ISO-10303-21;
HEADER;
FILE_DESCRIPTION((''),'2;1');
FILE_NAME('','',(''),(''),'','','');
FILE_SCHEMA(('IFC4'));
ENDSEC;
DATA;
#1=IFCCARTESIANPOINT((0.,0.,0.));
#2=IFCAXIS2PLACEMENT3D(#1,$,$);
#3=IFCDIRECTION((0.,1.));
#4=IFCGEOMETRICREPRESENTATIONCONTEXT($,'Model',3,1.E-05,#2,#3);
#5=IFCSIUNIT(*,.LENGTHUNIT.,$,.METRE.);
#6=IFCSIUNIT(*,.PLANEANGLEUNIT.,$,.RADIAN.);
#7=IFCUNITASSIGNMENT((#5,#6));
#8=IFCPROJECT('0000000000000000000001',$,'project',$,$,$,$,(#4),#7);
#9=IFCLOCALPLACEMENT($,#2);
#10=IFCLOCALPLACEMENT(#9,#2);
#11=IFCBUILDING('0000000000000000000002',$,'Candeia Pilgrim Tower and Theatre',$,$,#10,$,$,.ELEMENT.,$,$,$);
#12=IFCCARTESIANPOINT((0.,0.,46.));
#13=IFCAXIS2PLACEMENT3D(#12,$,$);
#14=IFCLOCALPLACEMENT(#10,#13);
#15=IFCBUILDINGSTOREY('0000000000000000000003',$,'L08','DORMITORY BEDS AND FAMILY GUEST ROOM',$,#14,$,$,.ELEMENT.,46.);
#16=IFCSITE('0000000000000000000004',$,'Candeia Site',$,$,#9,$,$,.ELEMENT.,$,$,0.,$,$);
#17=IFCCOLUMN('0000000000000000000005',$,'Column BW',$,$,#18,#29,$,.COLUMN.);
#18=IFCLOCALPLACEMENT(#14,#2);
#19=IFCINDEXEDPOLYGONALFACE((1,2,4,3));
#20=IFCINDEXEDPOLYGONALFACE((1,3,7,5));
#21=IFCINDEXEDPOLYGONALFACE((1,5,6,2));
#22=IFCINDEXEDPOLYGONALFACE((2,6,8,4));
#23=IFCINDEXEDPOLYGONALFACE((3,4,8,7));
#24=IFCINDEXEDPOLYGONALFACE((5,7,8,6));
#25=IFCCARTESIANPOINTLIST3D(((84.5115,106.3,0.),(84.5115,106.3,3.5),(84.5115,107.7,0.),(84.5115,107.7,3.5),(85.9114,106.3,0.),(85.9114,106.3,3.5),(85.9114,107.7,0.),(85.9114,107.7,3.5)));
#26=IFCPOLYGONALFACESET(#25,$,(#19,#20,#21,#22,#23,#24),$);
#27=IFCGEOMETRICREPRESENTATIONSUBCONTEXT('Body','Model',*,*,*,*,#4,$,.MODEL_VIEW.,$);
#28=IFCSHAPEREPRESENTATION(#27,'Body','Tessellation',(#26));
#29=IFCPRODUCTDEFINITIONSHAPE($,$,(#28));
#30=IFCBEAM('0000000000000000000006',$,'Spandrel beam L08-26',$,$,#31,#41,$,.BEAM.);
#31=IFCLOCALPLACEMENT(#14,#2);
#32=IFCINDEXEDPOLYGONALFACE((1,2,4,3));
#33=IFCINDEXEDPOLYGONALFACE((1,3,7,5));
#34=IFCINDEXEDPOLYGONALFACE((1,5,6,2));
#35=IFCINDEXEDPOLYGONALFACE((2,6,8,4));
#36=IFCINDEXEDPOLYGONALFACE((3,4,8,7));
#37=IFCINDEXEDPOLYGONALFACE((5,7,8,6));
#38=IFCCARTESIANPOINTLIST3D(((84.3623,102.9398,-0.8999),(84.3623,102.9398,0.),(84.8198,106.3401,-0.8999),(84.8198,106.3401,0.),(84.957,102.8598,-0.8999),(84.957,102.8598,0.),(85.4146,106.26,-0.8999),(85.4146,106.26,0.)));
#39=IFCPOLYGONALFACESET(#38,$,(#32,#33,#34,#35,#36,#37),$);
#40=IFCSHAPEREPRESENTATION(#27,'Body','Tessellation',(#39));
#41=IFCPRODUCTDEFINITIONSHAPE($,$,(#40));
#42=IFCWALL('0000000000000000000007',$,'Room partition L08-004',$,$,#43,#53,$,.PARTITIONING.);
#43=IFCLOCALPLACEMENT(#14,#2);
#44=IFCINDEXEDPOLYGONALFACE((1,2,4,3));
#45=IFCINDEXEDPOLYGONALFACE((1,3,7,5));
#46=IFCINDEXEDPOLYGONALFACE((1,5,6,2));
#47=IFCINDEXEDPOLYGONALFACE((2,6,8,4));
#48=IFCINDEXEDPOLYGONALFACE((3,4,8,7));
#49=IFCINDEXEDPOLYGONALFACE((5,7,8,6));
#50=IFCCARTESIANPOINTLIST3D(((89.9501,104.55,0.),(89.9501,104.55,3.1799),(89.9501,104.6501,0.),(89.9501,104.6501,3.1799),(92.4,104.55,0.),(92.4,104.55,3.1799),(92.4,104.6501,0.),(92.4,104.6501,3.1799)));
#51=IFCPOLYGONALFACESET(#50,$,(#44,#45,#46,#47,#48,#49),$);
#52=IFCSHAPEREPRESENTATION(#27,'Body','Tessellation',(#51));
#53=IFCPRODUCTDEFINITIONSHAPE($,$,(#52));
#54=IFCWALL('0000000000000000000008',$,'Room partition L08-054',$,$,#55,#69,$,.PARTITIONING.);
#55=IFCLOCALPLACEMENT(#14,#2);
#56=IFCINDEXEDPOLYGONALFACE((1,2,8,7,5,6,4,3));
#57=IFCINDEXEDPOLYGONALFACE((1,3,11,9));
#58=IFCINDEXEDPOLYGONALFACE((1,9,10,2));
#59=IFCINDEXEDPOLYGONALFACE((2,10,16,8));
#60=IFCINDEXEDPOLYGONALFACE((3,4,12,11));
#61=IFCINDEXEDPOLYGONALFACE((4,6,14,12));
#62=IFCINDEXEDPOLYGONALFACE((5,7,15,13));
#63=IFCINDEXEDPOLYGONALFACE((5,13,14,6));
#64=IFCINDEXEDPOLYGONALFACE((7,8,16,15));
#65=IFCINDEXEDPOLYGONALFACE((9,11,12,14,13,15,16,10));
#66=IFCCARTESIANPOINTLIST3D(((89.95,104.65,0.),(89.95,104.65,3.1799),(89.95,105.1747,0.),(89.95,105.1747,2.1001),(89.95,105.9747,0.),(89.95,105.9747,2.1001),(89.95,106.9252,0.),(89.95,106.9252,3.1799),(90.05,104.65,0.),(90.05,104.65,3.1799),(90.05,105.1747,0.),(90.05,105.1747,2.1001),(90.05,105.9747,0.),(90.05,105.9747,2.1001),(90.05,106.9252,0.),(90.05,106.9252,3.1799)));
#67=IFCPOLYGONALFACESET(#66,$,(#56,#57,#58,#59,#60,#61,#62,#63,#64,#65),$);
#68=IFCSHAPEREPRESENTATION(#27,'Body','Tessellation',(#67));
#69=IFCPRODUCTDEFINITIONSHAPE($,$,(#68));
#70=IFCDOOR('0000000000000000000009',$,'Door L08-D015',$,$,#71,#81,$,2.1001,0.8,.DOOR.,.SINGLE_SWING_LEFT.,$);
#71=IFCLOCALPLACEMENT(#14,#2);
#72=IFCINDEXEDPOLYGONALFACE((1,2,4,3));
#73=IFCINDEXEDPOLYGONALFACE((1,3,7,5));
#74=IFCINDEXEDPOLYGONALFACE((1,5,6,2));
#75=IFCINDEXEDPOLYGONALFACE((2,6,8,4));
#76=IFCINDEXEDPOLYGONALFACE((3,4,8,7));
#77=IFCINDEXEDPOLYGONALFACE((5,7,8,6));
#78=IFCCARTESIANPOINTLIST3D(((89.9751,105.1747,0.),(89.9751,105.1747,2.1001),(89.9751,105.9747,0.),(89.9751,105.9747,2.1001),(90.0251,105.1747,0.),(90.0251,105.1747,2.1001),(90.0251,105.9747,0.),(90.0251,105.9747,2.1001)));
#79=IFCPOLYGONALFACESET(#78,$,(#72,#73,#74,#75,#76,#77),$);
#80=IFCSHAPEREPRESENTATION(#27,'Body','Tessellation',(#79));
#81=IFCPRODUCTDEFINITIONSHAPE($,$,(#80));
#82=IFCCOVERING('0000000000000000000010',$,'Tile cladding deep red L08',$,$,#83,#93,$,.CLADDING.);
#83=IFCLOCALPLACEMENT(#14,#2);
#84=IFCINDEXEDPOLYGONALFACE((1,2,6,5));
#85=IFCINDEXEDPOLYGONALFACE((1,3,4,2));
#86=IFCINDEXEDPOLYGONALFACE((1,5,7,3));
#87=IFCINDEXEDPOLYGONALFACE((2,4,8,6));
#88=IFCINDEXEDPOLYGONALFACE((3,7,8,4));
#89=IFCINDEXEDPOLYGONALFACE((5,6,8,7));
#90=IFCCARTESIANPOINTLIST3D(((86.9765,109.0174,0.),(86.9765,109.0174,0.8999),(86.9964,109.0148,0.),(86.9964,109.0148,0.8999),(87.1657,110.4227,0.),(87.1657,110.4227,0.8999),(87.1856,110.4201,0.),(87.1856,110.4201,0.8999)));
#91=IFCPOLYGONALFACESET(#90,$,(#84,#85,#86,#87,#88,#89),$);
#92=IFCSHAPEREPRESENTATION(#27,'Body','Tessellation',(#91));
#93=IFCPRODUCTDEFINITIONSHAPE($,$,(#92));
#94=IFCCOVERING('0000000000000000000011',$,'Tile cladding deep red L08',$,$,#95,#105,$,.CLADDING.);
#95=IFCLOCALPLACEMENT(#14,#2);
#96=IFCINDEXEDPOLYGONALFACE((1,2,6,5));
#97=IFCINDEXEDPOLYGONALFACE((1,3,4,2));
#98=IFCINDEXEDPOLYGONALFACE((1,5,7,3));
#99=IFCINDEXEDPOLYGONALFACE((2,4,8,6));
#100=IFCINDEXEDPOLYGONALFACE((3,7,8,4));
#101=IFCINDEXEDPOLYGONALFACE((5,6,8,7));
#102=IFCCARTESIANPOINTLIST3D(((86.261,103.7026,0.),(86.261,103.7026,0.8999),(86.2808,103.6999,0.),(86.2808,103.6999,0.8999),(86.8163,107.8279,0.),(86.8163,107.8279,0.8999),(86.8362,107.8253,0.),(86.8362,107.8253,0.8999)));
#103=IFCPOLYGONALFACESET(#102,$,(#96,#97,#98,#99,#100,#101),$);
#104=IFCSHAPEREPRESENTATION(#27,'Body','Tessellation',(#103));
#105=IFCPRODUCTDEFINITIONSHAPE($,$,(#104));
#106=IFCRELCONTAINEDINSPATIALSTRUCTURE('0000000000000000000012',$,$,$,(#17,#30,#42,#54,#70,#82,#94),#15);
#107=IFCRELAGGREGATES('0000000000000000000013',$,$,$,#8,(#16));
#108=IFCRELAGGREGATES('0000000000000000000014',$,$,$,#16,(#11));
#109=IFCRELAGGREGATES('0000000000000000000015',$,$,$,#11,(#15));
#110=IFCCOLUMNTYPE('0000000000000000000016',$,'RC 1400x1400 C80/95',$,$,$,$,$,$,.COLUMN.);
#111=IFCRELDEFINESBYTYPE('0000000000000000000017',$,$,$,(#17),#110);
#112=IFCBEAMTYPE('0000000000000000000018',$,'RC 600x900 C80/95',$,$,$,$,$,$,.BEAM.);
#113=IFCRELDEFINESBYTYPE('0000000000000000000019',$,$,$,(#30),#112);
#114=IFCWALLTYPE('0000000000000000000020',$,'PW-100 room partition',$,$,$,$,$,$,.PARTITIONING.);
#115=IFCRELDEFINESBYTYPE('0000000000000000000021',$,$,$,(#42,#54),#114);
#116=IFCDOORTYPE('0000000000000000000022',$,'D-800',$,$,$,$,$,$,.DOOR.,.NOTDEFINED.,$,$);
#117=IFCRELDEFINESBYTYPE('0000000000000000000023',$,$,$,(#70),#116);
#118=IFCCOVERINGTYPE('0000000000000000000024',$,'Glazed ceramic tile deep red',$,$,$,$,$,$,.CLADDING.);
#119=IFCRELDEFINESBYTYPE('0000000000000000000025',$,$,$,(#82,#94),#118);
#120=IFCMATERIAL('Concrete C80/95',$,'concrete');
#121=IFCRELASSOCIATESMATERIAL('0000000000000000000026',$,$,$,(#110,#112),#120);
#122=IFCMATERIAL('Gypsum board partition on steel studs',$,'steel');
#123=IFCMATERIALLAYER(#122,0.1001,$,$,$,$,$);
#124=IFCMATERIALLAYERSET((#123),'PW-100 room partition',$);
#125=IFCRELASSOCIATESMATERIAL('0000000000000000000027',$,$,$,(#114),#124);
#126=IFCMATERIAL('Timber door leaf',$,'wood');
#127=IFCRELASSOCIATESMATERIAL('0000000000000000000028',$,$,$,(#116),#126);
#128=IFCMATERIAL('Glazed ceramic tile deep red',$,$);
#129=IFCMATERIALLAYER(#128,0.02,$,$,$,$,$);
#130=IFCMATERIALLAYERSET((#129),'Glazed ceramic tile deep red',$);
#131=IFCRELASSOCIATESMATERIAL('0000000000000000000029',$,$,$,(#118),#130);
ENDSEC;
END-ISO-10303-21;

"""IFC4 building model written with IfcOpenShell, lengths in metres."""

from ifc_helpers import new_model, si_unit, direction, frame, frame_2d, origin, origin_2d, place, context, subcontext, project, spatial, rectangle, extrude, material, layer, layer_set, material_profile, profile_set, type_object, element, fill, save


model = new_model("IFC4")

# Units and contexts
model_context = context("Model", 3, precision=1e-05, world=origin(), true_north=direction((0.0, 1.0)))
body_context = subcontext(model_context, "Body", "Model", "MODEL_VIEW")
ifc_project = project(units=[si_unit("LENGTHUNIT", "METRE"), si_unit("PLANEANGLEUNIT", "RADIAN")], contexts=[model_context])

# Site, building, storey
site_placement = place(None, origin())
site = spatial("IfcSite", under=ifc_project, at=site_placement, Name="Candeia Site", CompositionType="ELEMENT", RefElevation=0.0)
building_placement = place(site_placement, origin())
building = spatial("IfcBuilding", under=site, at=building_placement, Name="Candeia Pilgrim Tower and Theatre", CompositionType="ELEMENT")
storey_placement = place(building_placement, frame((0.0, 0.0, 46.0)))
storey = spatial("IfcBuildingStorey", under=building, at=storey_placement, Name="L08", Description="DORMITORY BEDS AND FAMILY GUEST ROOM", CompositionType="ELEMENT", Elevation=46.0)

# Column
ifc_material_1 = material(Name="Concrete C80/95", Category="concrete")
ifc_material_profile_1 = material_profile(ifc_material_1, rectangle(XDim=1.3999, YDim=1.3999, at=origin_2d()))
ifc_profile_set_1 = profile_set([ifc_material_profile_1], Name="Concrete C80/95")
column_type = type_object("IfcColumnType", Name="RC 1400x1400 C80/95", PredefinedType="COLUMN", material=ifc_profile_set_1)
column_placement = place(storey_placement, frame((85.2114, 107.0, 0.0), z_axis=(0.0, 0.0, 1.0), x_axis=(1.0, 0.0, 0.0)))
element("IfcColumn", 1, at=column_placement, inside=storey, type_object=column_type, Name="Column BW", PredefinedType="COLUMN", context=body_context, shape_type="SweptSolid", body=[
    extrude(rectangle(XDim=1.3999, YDim=1.3999, at=origin_2d()), origin(), (0.0, 0.0, 1.0), 3.5),
])

# Beam
ifc_material_profile_2 = material_profile(ifc_material_1, rectangle(XDim=0.6001, YDim=0.8999, at=origin_2d()))
ifc_profile_set_2 = profile_set([ifc_material_profile_2], Name="Concrete C80/95")
beam_type = type_object("IfcBeamType", Name="RC 600x900 C80/95", PredefinedType="BEAM", material=ifc_profile_set_2)
beam_placement = place(storey_placement, frame((85.1172, 106.3, -0.45), z_axis=(-0.133357, -0.991068, 0.0), x_axis=(0.991068, -0.133357, 0.0)))
element("IfcBeam", 2, at=beam_placement, inside=storey, type_object=beam_type, Name="Spandrel beam L08-26", PredefinedType="BEAM", context=body_context, shape_type="SweptSolid", body=[
    extrude(rectangle(XDim=0.6001, YDim=0.8999, at=origin_2d()), origin(), (0.0, 0.0, 1.0), 3.4309),
])

# Wall
ifc_material_2 = material(Name="Gypsum board partition on steel studs", Category="steel")
ifc_layer_1 = layer(ifc_material_2, 0.1001)
ifc_layer_set_1 = layer_set([ifc_layer_1], Name="PW-100 room partition")
wall_type_1 = type_object("IfcWallType", Name="PW-100 room partition", PredefinedType="PARTITIONING", material=ifc_layer_set_1)
wall_1_placement = place(storey_placement, frame((89.95, 104.6001, 0.0), z_axis=(0.0, 0.0, 1.0), x_axis=(1.0, 0.0, 0.0)))
element("IfcWall", 3, at=wall_1_placement, inside=storey, type_object=wall_type_1, Name="Room partition L08-004", PredefinedType="PARTITIONING", context=body_context, shape_type="SweptSolid", body=[
    extrude(rectangle(XDim=2.45, YDim=0.1001, at=frame_2d((1.2251, 0.0))), origin(), (0.0, 0.0, 1.0), 3.1799),
])

# Wall, opening, door
wall_2_placement = place(storey_placement, frame((90.0, 104.6499, 0.0), z_axis=(0.0, 0.0, 1.0), x_axis=(0.0, 1.0, 0.0)))
wall_2 = element("IfcWall", 4, at=wall_2_placement, inside=storey, type_object=wall_type_1, Name="Room partition L08-054", PredefinedType="PARTITIONING", context=body_context, shape_type="SweptSolid", body=[
    extrude(rectangle(XDim=2.2751, YDim=0.1001, at=frame_2d((1.1377, 0.0))), origin(), (0.0, 0.0, 1.0), 3.1799),
])
opening_1_placement = place(wall_2_placement, frame((0.5249, 0.0, 0.0)))
opening_1 = element("IfcOpeningElement", 5, at=opening_1_placement, cuts=wall_2, PredefinedType="OPENING", context=body_context, shape_type="SweptSolid", body=[
    extrude(rectangle(XDim=0.8, YDim=2.1001, at=frame_2d((0.3999, 1.05))), frame((0.0, 0.0601, 0.0), z_axis=(0.0, -1.0, 0.0), x_axis=(1.0, 0.0, 0.0)), (0.0, 0.0, 1.0), 0.1201),
])
ifc_material_3 = material(Name="Timber door leaf", Category="wood")
door_type_1 = type_object("IfcDoorType", Name="D-800", OperationType="NOTDEFINED", PredefinedType="DOOR", material=ifc_material_3)
door_1_placement = place(opening_1_placement, origin())
door_1 = element("IfcDoor", 6, at=door_1_placement, inside=storey, type_object=door_type_1, Name="Door L08-D015", OperationType="SINGLE_SWING_LEFT", OverallHeight=2.1001, OverallWidth=0.8, PredefinedType="DOOR", context=body_context, shape_type="SweptSolid", body=[
    extrude(rectangle(XDim=0.8, YDim=2.1001, at=frame_2d((0.3999, 1.05))), frame((0.0, 0.0249, 0.0), z_axis=(0.0, -1.0, 0.0), x_axis=(1.0, 0.0, 0.0)), (0.0, 0.0, 1.0), 0.05),
])
fill(opening_1, door_1)

# Coverings
ifc_material_4 = material(Name="Glazed ceramic tile deep red")
ifc_layer_2 = layer(ifc_material_4, 0.02)
ifc_layer_set_2 = layer_set([ifc_layer_2], Name="Glazed ceramic tile deep red")
covering_type = type_object("IfcCoveringType", Name="Glazed ceramic tile deep red", PredefinedType="CLADDING", material=ifc_layer_set_2)
covering_1_placement = place(storey_placement, frame((87.0811, 109.7188, 0.0), z_axis=(0.0, 0.0, 1.0), x_axis=(-0.133412, -0.991061, 0.0)))
element("IfcCovering", 7, at=covering_1_placement, inside=storey, type_object=covering_type, Name="Tile cladding deep red L08", PredefinedType="CLADDING", context=body_context, shape_type="SweptSolid", body=[
    extrude(rectangle(XDim=1.418, YDim=0.02, at=origin_2d()), origin(), (0.0, 0.0, 1.0), 0.8999),
])
covering_2_placement = place(storey_placement, frame((86.5486, 105.7639, 0.0), z_axis=(0.0, 0.0, 1.0), x_axis=(-0.133412, -0.991061, 0.0)))
element("IfcCovering", 8, at=covering_2_placement, inside=storey, type_object=covering_type, Name="Tile cladding deep red L08", PredefinedType="CLADDING", context=body_context, shape_type="SweptSolid", body=[
    extrude(rectangle(XDim=4.1626, YDim=0.02, at=origin_2d()), origin(), (0.0, 0.0, 1.0), 0.8999),
])

save(model, "model.ifc")
